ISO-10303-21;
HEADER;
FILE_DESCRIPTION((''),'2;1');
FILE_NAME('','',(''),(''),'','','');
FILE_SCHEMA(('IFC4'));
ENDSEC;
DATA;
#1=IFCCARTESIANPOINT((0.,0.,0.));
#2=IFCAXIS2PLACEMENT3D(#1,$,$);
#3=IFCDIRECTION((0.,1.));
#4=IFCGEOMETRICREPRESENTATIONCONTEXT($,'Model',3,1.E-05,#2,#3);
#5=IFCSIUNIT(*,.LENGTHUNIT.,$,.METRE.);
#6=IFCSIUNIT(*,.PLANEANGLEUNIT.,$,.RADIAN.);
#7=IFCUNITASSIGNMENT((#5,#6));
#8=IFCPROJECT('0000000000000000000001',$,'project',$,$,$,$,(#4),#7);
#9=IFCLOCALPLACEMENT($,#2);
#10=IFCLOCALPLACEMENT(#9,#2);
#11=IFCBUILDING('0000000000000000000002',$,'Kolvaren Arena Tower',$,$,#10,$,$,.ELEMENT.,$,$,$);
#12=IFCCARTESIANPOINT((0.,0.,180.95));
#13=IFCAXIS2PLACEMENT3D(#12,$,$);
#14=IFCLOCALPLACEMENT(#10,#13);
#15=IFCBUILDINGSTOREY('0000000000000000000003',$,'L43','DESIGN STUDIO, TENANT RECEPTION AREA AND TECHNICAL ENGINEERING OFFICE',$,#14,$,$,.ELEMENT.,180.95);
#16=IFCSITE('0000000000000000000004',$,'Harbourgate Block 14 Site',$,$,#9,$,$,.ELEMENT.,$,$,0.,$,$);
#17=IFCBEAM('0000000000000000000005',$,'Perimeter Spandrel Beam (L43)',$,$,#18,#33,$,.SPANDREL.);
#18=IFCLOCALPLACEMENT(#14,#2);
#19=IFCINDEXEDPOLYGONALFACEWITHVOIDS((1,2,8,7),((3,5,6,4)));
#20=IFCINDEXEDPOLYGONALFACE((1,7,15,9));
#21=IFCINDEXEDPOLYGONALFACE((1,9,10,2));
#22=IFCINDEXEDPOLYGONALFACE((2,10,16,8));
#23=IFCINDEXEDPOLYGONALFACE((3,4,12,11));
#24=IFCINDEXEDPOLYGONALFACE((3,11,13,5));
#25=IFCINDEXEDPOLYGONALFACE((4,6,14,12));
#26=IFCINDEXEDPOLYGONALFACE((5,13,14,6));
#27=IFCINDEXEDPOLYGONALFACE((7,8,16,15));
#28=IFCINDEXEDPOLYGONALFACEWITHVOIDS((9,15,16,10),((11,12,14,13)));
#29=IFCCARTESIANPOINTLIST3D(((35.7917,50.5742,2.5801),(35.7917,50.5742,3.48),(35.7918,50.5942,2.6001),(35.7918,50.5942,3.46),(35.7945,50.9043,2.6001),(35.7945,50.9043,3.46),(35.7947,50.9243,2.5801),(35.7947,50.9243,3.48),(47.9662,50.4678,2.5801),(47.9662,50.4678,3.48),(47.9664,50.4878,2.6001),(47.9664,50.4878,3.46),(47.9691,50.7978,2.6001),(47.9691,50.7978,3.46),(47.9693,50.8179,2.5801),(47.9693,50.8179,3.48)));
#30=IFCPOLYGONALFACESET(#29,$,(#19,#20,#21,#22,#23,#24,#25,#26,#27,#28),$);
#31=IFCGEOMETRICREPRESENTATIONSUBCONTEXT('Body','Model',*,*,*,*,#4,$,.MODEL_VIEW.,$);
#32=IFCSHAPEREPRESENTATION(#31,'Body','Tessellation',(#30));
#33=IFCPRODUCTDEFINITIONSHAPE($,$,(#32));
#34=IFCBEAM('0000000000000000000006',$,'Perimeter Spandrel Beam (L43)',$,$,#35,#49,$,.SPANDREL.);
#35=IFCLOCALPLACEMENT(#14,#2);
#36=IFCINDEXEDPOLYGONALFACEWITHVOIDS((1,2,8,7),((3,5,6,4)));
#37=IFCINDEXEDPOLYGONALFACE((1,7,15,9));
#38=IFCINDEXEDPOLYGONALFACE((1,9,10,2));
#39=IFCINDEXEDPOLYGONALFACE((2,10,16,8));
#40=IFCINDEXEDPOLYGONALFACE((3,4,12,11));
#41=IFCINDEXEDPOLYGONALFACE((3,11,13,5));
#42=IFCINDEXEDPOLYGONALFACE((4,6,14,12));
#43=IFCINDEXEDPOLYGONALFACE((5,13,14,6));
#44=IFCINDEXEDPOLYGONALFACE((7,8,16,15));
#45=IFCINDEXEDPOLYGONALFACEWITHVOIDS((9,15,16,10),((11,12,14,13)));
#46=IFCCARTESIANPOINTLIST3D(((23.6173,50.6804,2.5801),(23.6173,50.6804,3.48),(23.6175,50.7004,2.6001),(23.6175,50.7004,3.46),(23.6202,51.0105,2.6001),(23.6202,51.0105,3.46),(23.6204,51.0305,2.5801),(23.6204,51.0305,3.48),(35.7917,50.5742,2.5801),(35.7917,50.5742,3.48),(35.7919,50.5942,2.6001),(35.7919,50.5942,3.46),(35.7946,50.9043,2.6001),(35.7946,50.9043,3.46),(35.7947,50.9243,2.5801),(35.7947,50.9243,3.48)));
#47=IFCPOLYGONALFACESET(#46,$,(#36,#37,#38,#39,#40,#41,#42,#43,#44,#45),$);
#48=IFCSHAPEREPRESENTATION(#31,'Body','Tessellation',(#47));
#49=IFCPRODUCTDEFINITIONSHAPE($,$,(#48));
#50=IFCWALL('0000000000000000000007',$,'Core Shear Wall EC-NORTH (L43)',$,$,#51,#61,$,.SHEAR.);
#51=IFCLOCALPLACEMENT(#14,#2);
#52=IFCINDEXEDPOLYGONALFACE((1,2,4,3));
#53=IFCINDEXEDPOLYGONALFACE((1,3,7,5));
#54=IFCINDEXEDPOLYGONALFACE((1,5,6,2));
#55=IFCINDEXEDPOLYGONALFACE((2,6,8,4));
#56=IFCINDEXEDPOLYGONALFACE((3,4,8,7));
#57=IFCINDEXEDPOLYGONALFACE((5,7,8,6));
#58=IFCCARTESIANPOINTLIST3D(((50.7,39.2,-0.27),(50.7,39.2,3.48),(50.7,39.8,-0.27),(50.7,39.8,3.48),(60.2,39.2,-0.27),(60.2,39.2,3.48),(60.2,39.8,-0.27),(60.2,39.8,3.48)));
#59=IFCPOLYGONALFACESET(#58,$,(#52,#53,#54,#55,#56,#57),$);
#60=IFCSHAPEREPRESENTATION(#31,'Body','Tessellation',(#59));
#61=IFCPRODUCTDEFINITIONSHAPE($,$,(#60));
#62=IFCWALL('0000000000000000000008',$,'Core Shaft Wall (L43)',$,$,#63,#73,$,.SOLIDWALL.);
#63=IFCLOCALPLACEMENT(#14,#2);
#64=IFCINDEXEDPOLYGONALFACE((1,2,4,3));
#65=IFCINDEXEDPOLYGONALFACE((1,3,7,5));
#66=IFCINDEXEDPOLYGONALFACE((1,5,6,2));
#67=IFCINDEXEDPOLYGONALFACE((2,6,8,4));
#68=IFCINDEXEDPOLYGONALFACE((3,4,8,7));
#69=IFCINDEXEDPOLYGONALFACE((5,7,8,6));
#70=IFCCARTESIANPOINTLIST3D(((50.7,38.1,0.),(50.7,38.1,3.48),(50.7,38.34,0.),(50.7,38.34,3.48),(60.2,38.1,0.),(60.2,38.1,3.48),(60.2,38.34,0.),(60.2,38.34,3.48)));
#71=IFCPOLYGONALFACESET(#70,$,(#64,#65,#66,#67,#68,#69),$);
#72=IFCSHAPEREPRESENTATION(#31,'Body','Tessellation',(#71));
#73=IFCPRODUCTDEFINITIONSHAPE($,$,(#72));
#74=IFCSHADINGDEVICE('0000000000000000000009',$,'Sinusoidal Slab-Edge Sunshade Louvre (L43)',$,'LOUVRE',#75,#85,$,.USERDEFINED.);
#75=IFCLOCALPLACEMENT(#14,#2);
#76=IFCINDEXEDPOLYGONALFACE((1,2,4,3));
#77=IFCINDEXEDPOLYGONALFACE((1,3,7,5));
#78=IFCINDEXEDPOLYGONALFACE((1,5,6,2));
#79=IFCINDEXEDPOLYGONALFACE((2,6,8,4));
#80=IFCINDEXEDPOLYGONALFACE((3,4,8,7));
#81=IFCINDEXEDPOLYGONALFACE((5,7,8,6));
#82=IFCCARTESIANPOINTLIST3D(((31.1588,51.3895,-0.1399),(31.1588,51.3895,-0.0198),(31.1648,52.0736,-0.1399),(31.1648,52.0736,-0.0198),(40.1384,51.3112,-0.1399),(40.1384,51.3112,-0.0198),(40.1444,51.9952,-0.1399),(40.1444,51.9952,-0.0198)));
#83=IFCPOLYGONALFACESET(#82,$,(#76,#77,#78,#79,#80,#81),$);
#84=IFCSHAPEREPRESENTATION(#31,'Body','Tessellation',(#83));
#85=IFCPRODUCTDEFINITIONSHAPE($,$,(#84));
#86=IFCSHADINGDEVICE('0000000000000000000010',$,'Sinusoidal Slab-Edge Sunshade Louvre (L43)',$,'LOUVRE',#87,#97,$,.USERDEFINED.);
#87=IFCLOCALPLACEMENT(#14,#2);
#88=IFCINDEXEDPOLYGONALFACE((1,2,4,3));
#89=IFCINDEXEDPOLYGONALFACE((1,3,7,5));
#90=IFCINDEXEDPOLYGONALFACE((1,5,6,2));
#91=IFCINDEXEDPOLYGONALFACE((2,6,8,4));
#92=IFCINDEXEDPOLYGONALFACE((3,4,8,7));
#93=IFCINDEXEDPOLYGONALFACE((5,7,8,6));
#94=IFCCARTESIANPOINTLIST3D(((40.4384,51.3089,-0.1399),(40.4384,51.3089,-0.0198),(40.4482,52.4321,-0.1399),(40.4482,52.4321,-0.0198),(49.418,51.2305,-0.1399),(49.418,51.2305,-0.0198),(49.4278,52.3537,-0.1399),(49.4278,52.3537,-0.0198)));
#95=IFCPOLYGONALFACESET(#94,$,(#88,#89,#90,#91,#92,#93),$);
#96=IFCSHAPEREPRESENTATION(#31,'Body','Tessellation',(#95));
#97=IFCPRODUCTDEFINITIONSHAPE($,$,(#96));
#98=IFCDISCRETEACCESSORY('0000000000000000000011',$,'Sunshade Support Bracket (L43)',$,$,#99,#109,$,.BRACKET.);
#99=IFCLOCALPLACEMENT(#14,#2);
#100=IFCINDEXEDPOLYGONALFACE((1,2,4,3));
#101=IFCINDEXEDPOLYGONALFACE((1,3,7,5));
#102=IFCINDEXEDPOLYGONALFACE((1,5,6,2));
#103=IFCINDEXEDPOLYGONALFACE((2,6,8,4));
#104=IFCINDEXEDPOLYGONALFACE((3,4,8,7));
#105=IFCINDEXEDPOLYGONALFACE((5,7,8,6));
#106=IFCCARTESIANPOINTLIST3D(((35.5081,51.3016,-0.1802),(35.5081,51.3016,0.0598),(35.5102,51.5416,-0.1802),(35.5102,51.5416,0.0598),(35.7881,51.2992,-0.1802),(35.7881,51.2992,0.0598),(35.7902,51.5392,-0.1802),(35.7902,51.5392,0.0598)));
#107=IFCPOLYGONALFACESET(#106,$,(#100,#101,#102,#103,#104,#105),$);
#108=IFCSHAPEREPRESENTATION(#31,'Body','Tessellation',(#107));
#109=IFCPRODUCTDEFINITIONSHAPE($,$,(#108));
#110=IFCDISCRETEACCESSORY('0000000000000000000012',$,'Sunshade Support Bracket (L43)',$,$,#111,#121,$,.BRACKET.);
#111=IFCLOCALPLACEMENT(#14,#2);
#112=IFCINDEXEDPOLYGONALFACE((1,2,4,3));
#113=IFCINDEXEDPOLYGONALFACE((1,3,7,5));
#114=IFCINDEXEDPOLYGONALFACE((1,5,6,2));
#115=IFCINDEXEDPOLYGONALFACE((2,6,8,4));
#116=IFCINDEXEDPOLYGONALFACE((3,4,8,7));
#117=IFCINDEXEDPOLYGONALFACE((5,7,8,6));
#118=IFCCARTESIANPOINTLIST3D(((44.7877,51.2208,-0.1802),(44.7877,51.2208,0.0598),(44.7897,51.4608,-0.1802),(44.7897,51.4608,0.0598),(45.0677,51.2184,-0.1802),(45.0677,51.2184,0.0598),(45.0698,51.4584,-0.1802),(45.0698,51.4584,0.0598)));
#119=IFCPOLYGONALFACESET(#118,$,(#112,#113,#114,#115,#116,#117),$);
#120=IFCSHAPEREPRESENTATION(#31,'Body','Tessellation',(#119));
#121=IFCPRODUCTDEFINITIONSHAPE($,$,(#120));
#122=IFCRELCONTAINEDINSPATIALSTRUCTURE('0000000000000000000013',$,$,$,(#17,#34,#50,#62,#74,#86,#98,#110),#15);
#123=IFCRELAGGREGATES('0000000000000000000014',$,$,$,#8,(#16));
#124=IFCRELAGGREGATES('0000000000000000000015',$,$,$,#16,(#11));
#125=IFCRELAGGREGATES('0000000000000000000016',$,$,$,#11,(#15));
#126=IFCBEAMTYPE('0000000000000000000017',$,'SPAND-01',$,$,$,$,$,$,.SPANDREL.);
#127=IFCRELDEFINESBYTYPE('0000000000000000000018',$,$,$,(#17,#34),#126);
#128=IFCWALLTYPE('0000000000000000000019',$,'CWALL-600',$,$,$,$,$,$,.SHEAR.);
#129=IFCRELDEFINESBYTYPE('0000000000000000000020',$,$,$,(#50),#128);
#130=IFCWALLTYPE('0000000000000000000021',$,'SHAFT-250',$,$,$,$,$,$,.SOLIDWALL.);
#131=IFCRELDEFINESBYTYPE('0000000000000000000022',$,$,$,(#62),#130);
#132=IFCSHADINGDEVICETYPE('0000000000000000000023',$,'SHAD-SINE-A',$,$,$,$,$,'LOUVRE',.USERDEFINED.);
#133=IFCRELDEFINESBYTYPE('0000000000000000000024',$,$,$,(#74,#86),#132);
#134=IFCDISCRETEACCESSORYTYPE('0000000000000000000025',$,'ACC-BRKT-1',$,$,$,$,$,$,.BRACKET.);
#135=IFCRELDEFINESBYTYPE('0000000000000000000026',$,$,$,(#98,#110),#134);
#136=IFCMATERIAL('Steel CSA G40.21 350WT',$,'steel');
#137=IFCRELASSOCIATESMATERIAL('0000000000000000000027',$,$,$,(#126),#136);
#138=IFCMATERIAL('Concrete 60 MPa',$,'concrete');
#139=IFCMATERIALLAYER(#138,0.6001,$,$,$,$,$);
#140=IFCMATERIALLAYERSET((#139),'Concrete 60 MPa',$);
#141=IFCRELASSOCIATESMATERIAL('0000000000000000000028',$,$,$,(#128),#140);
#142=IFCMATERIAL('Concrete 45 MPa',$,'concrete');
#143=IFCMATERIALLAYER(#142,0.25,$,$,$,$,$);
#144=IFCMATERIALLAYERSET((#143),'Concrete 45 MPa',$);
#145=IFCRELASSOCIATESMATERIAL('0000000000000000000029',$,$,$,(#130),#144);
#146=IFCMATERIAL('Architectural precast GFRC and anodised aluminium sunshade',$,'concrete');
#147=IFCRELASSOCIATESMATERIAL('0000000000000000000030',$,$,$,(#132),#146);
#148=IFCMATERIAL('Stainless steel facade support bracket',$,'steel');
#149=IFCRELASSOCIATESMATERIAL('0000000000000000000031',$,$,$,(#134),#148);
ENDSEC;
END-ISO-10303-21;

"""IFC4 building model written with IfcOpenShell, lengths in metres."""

from ifc_helpers import new_model, si_unit, direction, frame, frame_2d, origin, origin_2d, place, context, subcontext, project, spatial, rectangle, hollow_rectangle, extrude, material, layer, layer_set, material_profile, profile_set, type_object, element, save


model = new_model("IFC4")

# Units and contexts
model_context = context("Model", 3, precision=1e-05, world=origin(), true_north=direction((0.0, 1.0)))
body_context = subcontext(model_context, "Body", "Model", "MODEL_VIEW")
ifc_project = project(units=[si_unit("LENGTHUNIT", "METRE"), si_unit("PLANEANGLEUNIT", "RADIAN")], contexts=[model_context])

# Site, building, storey
site_placement = place(None, origin())
site = spatial("IfcSite", under=ifc_project, at=site_placement, Name="Harbourgate Block 14 Site", CompositionType="ELEMENT", RefElevation=0.0)
building_placement = place(site_placement, origin())
building = spatial("IfcBuilding", under=site, at=building_placement, Name="Kolvaren Arena Tower", CompositionType="ELEMENT")
storey_placement = place(building_placement, frame((0.0, 0.0, 180.95)))
storey = spatial("IfcBuildingStorey", under=building, at=storey_placement, Name="L43", Description="DESIGN STUDIO, TENANT RECEPTION AREA AND TECHNICAL ENGINEERING OFFICE", CompositionType="ELEMENT", Elevation=180.95)

# Beams
ifc_material_1 = material(Name="Steel CSA G40.21 350WT", Category="steel")
ifc_material_profile_1 = material_profile(ifc_material_1, hollow_rectangle(XDim=0.3501, YDim=0.8999, WallThickness=0.02, at=origin_2d()), Name="HSS 900x350x20")
ifc_profile_set_1 = profile_set([ifc_material_profile_1], Name="Steel CSA G40.21 350WT")
beam_type_1 = type_object("IfcBeamType", Name="SPAND-01", PredefinedType="SPANDREL", material=ifc_profile_set_1)
beam_1_placement = place(storey_placement, frame((47.9678, 50.6428, 3.03), z_axis=(-0.999962, 0.008743, 0.0), x_axis=(-0.008743, -0.999962, 0.0)))
element("IfcBeam", 1, at=beam_1_placement, inside=storey, type_object=beam_type_1, Name="Perimeter Spandrel Beam (L43)", PredefinedType="SPANDREL", context=body_context, shape_type="SweptSolid", body=[
    extrude(hollow_rectangle(XDim=0.3501, YDim=0.8999, WallThickness=0.02, at=origin_2d()), origin(), (0.0, 0.0, 1.0), 12.175),
])
beam_2_placement = place(storey_placement, frame((35.7932, 50.7493, 3.03), z_axis=(-0.999962, 0.008723, 0.0), x_axis=(-0.008723, -0.999962, 0.0)))
element("IfcBeam", 2, at=beam_2_placement, inside=storey, type_object=beam_type_1, Name="Perimeter Spandrel Beam (L43)", PredefinedType="SPANDREL", context=body_context, shape_type="SweptSolid", body=[
    extrude(hollow_rectangle(XDim=0.3501, YDim=0.8999, WallThickness=0.02, at=origin_2d()), origin(), (0.0, 0.0, 1.0), 12.1748),
])

# Walls
ifc_material_2 = material(Name="Concrete 60 MPa", Category="concrete")
ifc_layer_1 = layer(ifc_material_2, 0.6001)
ifc_layer_set_1 = layer_set([ifc_layer_1], Name="Concrete 60 MPa")
wall_type_1 = type_object("IfcWallType", Name="CWALL-600", PredefinedType="SHEAR", material=ifc_layer_set_1)
wall_1_placement = place(storey_placement, frame((50.7, 39.5, -0.27), z_axis=(0.0, 0.0, 1.0), x_axis=(1.0, 0.0, 0.0)))
element("IfcWall", 3, at=wall_1_placement, inside=storey, type_object=wall_type_1, Name="Core Shear Wall EC-NORTH (L43)", PredefinedType="SHEAR", context=body_context, shape_type="SweptSolid", body=[
    extrude(rectangle(XDim=9.5, YDim=0.6001, at=frame_2d((4.75, 0.0))), origin(), (0.0, 0.0, 1.0), 3.75),
])
ifc_material_3 = material(Name="Concrete 45 MPa", Category="concrete")
ifc_layer_2 = layer(ifc_material_3, 0.25)
ifc_layer_set_2 = layer_set([ifc_layer_2], Name="Concrete 45 MPa")
wall_type_2 = type_object("IfcWallType", Name="SHAFT-250", PredefinedType="SOLIDWALL", material=ifc_layer_set_2)
wall_2_placement = place(storey_placement, frame((50.7, 38.22, 0.0), z_axis=(0.0, 0.0, 1.0), x_axis=(1.0, 0.0, 0.0)))
element("IfcWall", 4, at=wall_2_placement, inside=storey, type_object=wall_type_2, Name="Core Shaft Wall (L43)", PredefinedType="SOLIDWALL", context=body_context, shape_type="SweptSolid", body=[
    extrude(rectangle(XDim=9.5, YDim=0.24, at=frame_2d((4.75, 0.0))), origin(), (0.0, 0.0, 1.0), 3.48),
])

# Shading devices
ifc_material_4 = material(Name="Architectural precast GFRC and anodised aluminium sunshade", Category="concrete")
shading_device_type = type_object("IfcShadingDeviceType", Name="SHAD-SINE-A", ElementType="LOUVRE", PredefinedType="USERDEFINED", material=ifc_material_4)
shading_device_1_placement = place(storey_placement, frame((35.6516, 51.6924, -0.1399), z_axis=(0.0, 0.0, 1.0), x_axis=(0.999962, -0.008727, 0.0)))
element("IfcShadingDevice", 5, at=shading_device_1_placement, inside=storey, type_object=shading_device_type, Name="Sinusoidal Slab-Edge Sunshade Louvre (L43)", ObjectType="LOUVRE", PredefinedType="USERDEFINED", context=body_context, shape_type="SweptSolid", body=[
    extrude(rectangle(XDim=8.98, YDim=0.6841, at=origin_2d()), origin(), (0.0, 0.0, 1.0), 0.1201),
])
shading_device_2_placement = place(storey_placement, frame((44.9331, 51.8313, -0.1399), z_axis=(0.0, 0.0, 1.0), x_axis=(0.999962, -0.008727, 0.0)))
element("IfcShadingDevice", 6, at=shading_device_2_placement, inside=storey, type_object=shading_device_type, Name="Sinusoidal Slab-Edge Sunshade Louvre (L43)", ObjectType="LOUVRE", PredefinedType="USERDEFINED", context=body_context, shape_type="SweptSolid", body=[
    extrude(rectangle(XDim=8.98, YDim=1.1233, at=origin_2d()), origin(), (0.0, 0.0, 1.0), 0.1201),
])

# Discrete accessories
ifc_material_5 = material(Name="Stainless steel facade support bracket", Category="steel")
discrete_accessory_type = type_object("IfcDiscreteAccessoryType", Name="ACC-BRKT-1", PredefinedType="BRACKET", material=ifc_material_5)
for number, where, z_axis, x_axis, name in (
    (7, (35.6492, 51.4204, -0.1802), (0.0, 0.0, 1.0), (0.999962, -0.008727, 0.0), "Sunshade Support Bracket (L43)"),
    (8, (44.9287, 51.3396, -0.1802), (0.0, 0.0, 1.0), (0.999962, -0.008727, 0.0), "Sunshade Support Bracket (L43)"),
):
    element("IfcDiscreteAccessory", number, at=place(storey_placement, frame(where, z_axis=z_axis, x_axis=x_axis)), inside=storey, type_object=discrete_accessory_type, Name=name, PredefinedType="BRACKET", context=body_context, shape_type="SweptSolid", body=[
        extrude(rectangle(XDim=0.28, YDim=0.24, at=origin_2d()), origin(), (0.0, 0.0, 1.0), 0.24),
    ])

save(model, "model.ifc")
